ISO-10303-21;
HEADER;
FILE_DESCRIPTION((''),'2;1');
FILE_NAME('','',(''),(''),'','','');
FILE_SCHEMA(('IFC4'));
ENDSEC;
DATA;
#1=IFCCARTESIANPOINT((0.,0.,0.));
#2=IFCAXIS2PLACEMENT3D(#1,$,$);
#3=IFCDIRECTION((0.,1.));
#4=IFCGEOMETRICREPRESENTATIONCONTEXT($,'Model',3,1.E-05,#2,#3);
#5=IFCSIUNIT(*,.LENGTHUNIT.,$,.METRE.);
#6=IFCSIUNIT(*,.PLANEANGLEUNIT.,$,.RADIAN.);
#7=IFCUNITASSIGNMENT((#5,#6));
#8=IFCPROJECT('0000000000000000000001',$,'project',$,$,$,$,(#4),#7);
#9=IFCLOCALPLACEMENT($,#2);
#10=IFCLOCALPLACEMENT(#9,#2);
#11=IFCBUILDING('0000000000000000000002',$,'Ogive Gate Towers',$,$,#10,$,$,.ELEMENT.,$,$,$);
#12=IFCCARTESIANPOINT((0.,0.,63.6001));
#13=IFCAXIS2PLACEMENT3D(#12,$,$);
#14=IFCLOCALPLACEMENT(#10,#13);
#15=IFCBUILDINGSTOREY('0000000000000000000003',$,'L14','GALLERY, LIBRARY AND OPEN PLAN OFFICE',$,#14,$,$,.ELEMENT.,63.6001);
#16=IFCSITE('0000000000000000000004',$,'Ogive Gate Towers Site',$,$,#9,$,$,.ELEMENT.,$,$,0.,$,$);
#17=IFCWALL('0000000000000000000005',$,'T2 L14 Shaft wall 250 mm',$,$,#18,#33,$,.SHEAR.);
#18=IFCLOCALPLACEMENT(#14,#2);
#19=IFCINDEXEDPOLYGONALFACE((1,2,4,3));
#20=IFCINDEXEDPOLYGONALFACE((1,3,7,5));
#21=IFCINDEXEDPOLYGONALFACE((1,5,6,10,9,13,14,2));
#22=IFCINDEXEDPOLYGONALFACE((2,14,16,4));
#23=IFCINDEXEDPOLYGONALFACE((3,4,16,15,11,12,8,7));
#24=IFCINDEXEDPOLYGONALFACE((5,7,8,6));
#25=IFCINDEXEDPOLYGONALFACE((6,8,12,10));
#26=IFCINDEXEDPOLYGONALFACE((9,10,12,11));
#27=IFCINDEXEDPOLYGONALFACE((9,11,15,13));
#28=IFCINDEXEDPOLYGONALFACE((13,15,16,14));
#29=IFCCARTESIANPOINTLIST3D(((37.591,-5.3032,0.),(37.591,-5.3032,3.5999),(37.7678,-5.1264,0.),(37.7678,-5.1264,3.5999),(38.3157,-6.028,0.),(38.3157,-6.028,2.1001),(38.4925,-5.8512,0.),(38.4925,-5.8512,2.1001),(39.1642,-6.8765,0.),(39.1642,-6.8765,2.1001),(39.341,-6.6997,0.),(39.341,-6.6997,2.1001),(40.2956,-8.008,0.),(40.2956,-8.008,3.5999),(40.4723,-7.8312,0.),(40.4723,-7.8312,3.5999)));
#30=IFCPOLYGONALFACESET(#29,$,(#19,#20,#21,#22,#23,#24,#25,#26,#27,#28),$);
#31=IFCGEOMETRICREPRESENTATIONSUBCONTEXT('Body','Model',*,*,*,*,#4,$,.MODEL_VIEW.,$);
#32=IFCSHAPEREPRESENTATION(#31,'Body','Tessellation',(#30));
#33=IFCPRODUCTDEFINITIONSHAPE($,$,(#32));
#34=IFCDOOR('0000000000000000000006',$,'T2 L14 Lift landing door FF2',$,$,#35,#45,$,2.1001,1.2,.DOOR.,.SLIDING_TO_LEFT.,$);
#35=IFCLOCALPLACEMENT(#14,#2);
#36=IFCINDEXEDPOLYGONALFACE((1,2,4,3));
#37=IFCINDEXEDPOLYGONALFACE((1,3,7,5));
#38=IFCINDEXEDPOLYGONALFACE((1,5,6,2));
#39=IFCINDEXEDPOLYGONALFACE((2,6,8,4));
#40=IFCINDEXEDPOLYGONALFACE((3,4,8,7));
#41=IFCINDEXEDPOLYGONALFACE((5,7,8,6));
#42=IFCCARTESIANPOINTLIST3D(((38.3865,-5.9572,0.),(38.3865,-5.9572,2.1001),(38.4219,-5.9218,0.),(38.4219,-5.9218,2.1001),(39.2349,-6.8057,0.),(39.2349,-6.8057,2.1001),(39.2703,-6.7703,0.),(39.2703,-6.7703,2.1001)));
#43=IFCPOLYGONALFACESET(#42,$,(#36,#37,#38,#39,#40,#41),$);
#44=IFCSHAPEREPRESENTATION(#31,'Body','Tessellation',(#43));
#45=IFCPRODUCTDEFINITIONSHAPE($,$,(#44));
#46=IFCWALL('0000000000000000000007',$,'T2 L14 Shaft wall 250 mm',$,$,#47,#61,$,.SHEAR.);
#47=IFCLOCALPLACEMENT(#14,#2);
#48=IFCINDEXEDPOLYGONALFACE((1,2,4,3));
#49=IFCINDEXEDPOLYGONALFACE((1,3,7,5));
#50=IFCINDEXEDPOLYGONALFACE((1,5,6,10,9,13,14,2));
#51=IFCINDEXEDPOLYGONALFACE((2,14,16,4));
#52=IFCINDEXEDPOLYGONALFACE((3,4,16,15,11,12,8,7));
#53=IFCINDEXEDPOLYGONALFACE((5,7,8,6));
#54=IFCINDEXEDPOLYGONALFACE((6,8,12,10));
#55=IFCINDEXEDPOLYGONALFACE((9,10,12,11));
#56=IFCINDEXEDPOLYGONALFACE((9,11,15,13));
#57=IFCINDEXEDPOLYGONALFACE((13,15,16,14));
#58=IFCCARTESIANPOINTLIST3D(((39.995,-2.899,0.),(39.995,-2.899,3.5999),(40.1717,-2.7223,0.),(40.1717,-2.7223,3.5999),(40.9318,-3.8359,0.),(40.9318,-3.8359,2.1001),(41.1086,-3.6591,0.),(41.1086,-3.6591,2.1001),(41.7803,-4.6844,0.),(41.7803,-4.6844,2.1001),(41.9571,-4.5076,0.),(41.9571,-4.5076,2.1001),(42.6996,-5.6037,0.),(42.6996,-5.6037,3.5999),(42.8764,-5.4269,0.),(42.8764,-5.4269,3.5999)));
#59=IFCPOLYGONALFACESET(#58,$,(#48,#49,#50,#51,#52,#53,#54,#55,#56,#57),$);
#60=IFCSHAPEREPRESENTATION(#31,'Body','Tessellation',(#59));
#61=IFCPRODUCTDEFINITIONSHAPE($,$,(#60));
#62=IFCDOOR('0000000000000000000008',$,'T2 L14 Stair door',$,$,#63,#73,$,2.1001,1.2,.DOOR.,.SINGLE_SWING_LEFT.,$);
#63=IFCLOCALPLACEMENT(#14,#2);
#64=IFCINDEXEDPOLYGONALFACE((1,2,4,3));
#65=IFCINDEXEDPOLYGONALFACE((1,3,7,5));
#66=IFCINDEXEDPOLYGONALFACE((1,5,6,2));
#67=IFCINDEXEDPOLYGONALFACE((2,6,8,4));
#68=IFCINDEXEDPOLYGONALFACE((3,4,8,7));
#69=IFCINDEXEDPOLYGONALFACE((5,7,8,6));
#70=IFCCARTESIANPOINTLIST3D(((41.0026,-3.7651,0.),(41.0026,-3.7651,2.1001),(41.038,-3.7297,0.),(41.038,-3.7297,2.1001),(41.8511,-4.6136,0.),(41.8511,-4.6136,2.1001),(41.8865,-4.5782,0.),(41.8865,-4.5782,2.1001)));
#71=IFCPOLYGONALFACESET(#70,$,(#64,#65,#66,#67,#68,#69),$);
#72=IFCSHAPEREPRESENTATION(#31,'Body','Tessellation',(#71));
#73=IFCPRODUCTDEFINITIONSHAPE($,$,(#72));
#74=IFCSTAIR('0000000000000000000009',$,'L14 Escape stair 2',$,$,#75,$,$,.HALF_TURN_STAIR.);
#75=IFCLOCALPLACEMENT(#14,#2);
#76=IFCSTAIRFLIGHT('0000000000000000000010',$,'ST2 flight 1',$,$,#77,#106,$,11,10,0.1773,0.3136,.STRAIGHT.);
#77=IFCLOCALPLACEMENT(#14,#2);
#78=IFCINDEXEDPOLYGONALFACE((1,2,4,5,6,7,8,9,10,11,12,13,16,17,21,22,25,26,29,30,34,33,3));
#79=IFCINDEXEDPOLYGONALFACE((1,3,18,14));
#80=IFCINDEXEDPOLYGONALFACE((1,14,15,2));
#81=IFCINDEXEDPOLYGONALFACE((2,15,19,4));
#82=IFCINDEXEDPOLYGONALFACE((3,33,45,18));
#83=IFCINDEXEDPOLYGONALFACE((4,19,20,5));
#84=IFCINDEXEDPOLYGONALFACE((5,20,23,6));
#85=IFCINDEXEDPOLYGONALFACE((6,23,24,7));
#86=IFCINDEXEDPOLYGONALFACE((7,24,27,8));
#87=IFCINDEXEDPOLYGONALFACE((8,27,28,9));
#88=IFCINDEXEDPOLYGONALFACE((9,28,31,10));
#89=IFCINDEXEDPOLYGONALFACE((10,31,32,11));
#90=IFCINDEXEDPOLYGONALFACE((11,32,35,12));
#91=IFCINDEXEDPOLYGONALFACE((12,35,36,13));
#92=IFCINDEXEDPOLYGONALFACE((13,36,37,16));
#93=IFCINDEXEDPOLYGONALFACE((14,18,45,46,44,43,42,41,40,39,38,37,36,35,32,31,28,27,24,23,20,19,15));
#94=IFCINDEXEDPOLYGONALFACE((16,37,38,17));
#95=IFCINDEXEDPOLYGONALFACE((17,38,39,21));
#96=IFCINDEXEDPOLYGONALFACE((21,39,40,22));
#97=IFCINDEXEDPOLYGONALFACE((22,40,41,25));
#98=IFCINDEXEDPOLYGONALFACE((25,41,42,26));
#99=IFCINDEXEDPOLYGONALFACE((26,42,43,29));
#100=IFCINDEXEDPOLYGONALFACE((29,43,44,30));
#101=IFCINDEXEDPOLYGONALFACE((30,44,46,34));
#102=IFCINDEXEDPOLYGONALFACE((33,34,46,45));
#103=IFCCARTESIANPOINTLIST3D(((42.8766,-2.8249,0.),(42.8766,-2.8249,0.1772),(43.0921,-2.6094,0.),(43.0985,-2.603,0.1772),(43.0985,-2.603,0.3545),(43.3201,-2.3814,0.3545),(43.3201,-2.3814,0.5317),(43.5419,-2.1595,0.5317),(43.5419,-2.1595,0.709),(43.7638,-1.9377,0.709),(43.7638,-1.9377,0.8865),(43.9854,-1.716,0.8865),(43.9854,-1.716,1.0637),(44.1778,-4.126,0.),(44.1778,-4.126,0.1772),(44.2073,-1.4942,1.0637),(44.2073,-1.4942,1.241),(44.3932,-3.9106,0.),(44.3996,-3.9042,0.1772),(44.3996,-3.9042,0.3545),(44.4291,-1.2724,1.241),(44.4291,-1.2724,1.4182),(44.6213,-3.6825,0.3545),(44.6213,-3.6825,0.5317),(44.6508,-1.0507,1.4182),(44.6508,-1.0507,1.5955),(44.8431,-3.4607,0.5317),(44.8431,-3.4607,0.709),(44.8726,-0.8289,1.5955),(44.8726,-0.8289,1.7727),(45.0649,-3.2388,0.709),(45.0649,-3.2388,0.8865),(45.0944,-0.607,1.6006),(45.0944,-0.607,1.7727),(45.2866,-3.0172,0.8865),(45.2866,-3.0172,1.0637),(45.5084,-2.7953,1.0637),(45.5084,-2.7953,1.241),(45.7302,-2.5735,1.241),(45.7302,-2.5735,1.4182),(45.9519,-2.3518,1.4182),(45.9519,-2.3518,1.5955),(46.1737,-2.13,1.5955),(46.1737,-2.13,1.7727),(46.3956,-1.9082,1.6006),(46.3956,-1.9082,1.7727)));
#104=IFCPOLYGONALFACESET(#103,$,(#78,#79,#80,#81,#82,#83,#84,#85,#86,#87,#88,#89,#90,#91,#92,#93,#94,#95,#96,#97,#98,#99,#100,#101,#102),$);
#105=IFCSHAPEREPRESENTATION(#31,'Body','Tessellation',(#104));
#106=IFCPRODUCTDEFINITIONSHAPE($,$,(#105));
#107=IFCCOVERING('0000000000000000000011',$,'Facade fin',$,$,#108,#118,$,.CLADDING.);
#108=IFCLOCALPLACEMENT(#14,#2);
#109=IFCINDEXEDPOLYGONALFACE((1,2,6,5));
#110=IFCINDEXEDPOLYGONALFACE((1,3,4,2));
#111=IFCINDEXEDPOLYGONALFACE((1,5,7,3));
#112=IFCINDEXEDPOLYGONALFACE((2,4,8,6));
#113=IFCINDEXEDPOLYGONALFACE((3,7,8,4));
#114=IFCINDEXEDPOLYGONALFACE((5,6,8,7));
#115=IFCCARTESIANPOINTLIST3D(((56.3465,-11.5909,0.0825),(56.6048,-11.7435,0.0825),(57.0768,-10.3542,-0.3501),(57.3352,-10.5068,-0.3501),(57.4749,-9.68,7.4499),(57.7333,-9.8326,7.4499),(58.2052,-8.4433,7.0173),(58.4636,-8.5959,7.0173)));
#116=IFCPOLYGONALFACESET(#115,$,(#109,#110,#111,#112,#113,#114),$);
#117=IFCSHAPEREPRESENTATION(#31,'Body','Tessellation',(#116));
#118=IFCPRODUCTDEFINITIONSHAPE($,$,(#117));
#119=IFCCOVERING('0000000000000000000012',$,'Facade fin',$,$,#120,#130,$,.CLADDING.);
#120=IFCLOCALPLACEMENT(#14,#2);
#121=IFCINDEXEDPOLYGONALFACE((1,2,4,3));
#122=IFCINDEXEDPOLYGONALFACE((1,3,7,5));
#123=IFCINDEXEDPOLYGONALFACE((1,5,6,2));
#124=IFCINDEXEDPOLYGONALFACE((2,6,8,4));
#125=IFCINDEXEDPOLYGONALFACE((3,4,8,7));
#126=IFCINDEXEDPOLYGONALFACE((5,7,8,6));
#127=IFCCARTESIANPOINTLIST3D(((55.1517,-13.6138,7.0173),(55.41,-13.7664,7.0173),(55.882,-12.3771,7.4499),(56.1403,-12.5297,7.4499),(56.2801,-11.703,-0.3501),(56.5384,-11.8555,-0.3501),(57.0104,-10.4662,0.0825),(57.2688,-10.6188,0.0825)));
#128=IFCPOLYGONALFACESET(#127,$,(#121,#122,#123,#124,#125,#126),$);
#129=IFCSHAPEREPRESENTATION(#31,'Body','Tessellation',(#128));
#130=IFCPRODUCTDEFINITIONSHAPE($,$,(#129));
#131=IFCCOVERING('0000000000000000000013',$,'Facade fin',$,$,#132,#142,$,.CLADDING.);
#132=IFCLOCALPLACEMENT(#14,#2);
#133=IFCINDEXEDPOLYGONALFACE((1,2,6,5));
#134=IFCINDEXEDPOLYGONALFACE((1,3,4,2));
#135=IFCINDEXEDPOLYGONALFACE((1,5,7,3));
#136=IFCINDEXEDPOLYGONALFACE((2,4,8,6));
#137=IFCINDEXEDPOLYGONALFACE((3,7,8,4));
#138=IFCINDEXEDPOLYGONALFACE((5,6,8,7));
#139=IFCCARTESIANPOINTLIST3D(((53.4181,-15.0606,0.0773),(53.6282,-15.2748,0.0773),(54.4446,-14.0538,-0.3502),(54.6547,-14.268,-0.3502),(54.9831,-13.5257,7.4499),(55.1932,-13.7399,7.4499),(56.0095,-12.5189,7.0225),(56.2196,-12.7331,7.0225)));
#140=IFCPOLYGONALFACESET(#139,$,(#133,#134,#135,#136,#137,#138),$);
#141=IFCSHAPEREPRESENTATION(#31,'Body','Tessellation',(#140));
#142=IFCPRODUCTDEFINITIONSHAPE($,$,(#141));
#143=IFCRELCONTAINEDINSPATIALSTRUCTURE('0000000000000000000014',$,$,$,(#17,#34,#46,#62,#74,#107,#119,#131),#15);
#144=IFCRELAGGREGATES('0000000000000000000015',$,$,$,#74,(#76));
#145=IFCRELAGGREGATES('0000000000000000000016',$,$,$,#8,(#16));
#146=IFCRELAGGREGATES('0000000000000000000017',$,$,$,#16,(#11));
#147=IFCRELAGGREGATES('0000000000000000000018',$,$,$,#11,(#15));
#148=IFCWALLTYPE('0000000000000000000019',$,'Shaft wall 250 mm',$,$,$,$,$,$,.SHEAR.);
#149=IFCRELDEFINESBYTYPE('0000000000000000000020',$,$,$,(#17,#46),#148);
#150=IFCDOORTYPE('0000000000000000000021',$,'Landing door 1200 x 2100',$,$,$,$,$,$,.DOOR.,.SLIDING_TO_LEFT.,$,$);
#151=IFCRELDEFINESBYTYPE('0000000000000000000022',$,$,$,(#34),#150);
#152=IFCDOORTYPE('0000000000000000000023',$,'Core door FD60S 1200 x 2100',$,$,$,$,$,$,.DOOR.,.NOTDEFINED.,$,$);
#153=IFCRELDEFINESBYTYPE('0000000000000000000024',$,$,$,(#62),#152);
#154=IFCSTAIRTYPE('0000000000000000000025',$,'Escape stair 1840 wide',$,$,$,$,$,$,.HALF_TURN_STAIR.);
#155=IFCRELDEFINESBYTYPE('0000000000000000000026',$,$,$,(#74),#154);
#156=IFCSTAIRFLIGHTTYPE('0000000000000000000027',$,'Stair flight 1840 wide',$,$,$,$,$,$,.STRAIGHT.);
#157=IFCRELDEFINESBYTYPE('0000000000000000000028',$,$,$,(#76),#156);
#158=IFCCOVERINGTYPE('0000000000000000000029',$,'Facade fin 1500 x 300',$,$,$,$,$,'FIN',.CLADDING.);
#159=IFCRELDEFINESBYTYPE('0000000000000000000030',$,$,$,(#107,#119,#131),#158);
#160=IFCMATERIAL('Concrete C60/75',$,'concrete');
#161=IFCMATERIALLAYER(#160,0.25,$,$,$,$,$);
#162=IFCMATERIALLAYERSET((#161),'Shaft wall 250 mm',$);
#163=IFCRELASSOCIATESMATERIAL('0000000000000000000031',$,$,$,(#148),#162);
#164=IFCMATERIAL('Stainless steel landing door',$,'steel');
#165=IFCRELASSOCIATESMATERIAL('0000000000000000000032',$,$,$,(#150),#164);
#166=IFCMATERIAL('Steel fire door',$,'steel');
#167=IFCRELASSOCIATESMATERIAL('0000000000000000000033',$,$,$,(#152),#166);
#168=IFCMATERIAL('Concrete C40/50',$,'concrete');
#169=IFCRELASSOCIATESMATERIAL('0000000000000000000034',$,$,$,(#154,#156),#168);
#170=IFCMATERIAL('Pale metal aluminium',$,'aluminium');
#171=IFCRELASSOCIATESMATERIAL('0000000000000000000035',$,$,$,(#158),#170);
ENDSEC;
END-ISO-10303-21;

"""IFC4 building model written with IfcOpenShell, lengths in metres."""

from ifc_helpers import new_model, si_unit, direction, frame, frame_2d, origin, origin_2d, place, context, subcontext, project, spatial, polyline, rectangle, outline, extrude, material, layer, layer_set, material_profile, profile_set, type_object, element, fill, aggregate, save


model = new_model("IFC4")

# Units and contexts
model_context = context("Model", 3, precision=1e-05, world=origin(), true_north=direction((0.0, 1.0)))
body_context = subcontext(model_context, "Body", "Model", "MODEL_VIEW")
ifc_project = project(units=[si_unit("LENGTHUNIT", "METRE"), si_unit("PLANEANGLEUNIT", "RADIAN")], contexts=[model_context])

# Site, building, storey
site_placement = place(None, origin())
site = spatial("IfcSite", under=ifc_project, at=site_placement, Name="Ogive Gate Towers Site", CompositionType="ELEMENT", RefElevation=0.0)
building_placement = place(site_placement, origin())
building = spatial("IfcBuilding", under=site, at=building_placement, Name="Ogive Gate Towers", CompositionType="ELEMENT")
storey_placement = place(building_placement, frame((0.0, 0.0, 63.6001)))
storey = spatial("IfcBuildingStorey", under=building, at=storey_placement, Name="L14", Description="GALLERY, LIBRARY AND OPEN PLAN OFFICE", CompositionType="ELEMENT", Elevation=63.6001)

# Shared definitions
ifc_material_1 = material(Name="Pale metal aluminium", Category="aluminium")

# Walls, openings, doors
ifc_material_2 = material(Name="Concrete C60/75", Category="concrete")
ifc_layer_1 = layer(ifc_material_2, 0.25)
ifc_layer_set_1 = layer_set([ifc_layer_1], Name="Shaft wall 250 mm")
wall_type_1 = type_object("IfcWallType", Name="Shaft wall 250 mm", PredefinedType="SHEAR", material=ifc_layer_set_1)
wall_1_placement = place(storey_placement, frame((40.384, -7.9197, 0.0), z_axis=(0.0, 0.0, 1.0), x_axis=(-0.707075, 0.707139, 0.0)))
wall_1 = element("IfcWall", 1, at=wall_1_placement, inside=storey, type_object=wall_type_1, Name="T2 L14 Shaft wall 250 mm", PredefinedType="SHEAR", context=body_context, shape_type="SweptSolid", body=[
    extrude(rectangle(XDim=3.825, YDim=0.25, at=frame_2d((1.9126, 0.0))), origin(), (0.0, 0.0, 1.0), 3.5999),
])
opening_1_placement = place(wall_1_placement, frame((1.6001, 0.0, 0.0)))
opening_1 = element("IfcOpeningElement", 2, at=opening_1_placement, cuts=wall_1, PredefinedType="OPENING", context=body_context, shape_type="SweptSolid", body=[
    extrude(rectangle(XDim=1.2, YDim=2.1001, at=frame_2d((0.6001, 1.05))), frame((0.0, 0.135, 0.0), z_axis=(0.0, -1.0, 0.0), x_axis=(1.0, 0.0, 0.0)), (0.0, 0.0, 1.0), 0.27),
])
ifc_material_3 = material(Name="Stainless steel landing door", Category="steel")
door_type_1 = type_object("IfcDoorType", Name="Landing door 1200 x 2100", OperationType="SLIDING_TO_LEFT", PredefinedType="DOOR", material=ifc_material_3)
door_1_placement = place(opening_1_placement, origin())
door_1 = element("IfcDoor", 3, at=door_1_placement, inside=storey, type_object=door_type_1, Name="T2 L14 Lift landing door FF2", OperationType="SLIDING_TO_LEFT", OverallHeight=2.1001, OverallWidth=1.2, PredefinedType="DOOR", context=body_context, shape_type="SweptSolid", body=[
    extrude(rectangle(XDim=1.2, YDim=2.1001, at=frame_2d((0.6001, 1.05))), frame((0.0, 0.0249, 0.0), z_axis=(0.0, -1.0, 0.0), x_axis=(1.0, 0.0, 0.0)), (0.0, 0.0, 1.0), 0.05),
])
fill(opening_1, door_1)
wall_2_placement = place(storey_placement, frame((42.7881, -5.5154, 0.0), z_axis=(0.0, 0.0, 1.0), x_axis=(-0.707107, 0.707107, 0.0)))
wall_2 = element("IfcWall", 4, at=wall_2_placement, inside=storey, type_object=wall_type_1, Name="T2 L14 Shaft wall 250 mm", PredefinedType="SHEAR", context=body_context, shape_type="SweptSolid", body=[
    extrude(rectangle(XDim=3.825, YDim=0.25, at=frame_2d((1.9126, 0.0))), origin(), (0.0, 0.0, 1.0), 3.5999),
])
opening_2_placement = place(wall_2_placement, frame((1.3, 0.0, 0.0)))
opening_2 = element("IfcOpeningElement", 5, at=opening_2_placement, cuts=wall_2, PredefinedType="OPENING", context=body_context, shape_type="SweptSolid", body=[
    extrude(rectangle(XDim=1.2, YDim=2.1001, at=frame_2d((0.6001, 1.05))), frame((0.0, 0.135, 0.0), z_axis=(0.0, -1.0, 0.0), x_axis=(1.0, 0.0, 0.0)), (0.0, 0.0, 1.0), 0.27),
])
ifc_material_4 = material(Name="Steel fire door", Category="steel")
door_type_2 = type_object("IfcDoorType", Name="Core door FD60S 1200 x 2100", OperationType="NOTDEFINED", PredefinedType="DOOR", material=ifc_material_4)
door_2_placement = place(opening_2_placement, origin())
door_2 = element("IfcDoor", 6, at=door_2_placement, inside=storey, type_object=door_type_2, Name="T2 L14 Stair door", OperationType="SINGLE_SWING_LEFT", OverallHeight=2.1001, OverallWidth=1.2, PredefinedType="DOOR", context=body_context, shape_type="SweptSolid", body=[
    extrude(rectangle(XDim=1.2, YDim=2.1001, at=frame_2d((0.6001, 1.05))), frame((0.0, 0.0249, 0.0), z_axis=(0.0, -1.0, 0.0), x_axis=(1.0, 0.0, 0.0)), (0.0, 0.0, 1.0), 0.05),
])
fill(opening_2, door_2)

# Stair, stair flight
ifc_material_5 = material(Name="Concrete C40/50", Category="concrete")
stair_type = type_object("IfcStairType", Name="Escape stair 1840 wide", PredefinedType="HALF_TURN_STAIR", material=ifc_material_5)
stair_placement = place(storey_placement, origin())
stair = element("IfcStair", 7, at=stair_placement, inside=storey, type_object=stair_type, Name="L14 Escape stair 2", PredefinedType="HALF_TURN_STAIR")
stair_flight_type = type_object("IfcStairFlightType", Name="Stair flight 1840 wide", PredefinedType="STRAIGHT", material=ifc_material_5)
stair_flight_placement = place(storey_placement, frame((43.5271, -3.4753, 0.0), z_axis=(0.0, 0.0, 1.0), x_axis=(0.707107, 0.707107, 0.0)))
stair_flight = element("IfcStairFlight", 8, at=stair_flight_placement, type_object=stair_flight_type, Name="ST2 flight 1", NumberOfRisers=11, NumberOfTreads=10, PredefinedType="STRAIGHT", RiserHeight=0.1773, TreadLength=0.3136, context=body_context, shape_type="SweptSolid", body=[
    extrude(outline(polyline([(0.0, 0.0), (0.0, 0.1772), (0.3137, 0.1772), (0.3137, 0.3545), (0.6272, 0.3545), (0.6272, 0.5317), (0.9409, 0.5317), (0.9409, 0.709), (1.2546, 0.709), (1.2546, 0.8865), (1.5681, 0.8865), (1.5681, 1.0637), (1.8818, 1.0637), (1.8818, 1.241), (2.1956, 1.241), (2.1956, 1.4182), (2.509, 1.4182), (2.509, 1.5955), (2.8228, 1.5955), (2.8228, 1.7727), (3.1365, 1.7727), (3.1365, 1.95), (3.1365, 1.6006), (0.3047, 0.0), (0.0, 0.0)])), frame((0.0, 0.9199, 0.0), z_axis=(0.0, -1.0, 0.0), x_axis=(1.0, 0.0, 0.0)), (0.0, 0.0, 1.0), 1.8401),
])
aggregate(stair, [stair_flight])

# Coverings
ifc_material_profile_1 = material_profile(ifc_material_1, rectangle(XDim=0.3, YDim=1.5, at=origin_2d()), Name="1500 x 300 pale metal aluminium")
ifc_profile_set_1 = profile_set([ifc_material_profile_1], Name="Pale metal aluminium")
covering_type = type_object("IfcCoveringType", Name="Facade fin 1500 x 300", ElementType="FIN", PredefinedType="CLADDING", material=ifc_profile_set_1)
for number, where, z_axis, x_axis, name in (
    (9, (56.8408, -11.0488, -0.1338), (0.146654, 0.248348, 0.957505), (-0.861073, 0.508481, 0.0), "Facade fin"),
    (10, (56.7744, -11.1609, -0.1338), (-0.146654, -0.248348, 0.957505), (0.861073, -0.508481, 0.0), "Facade fin"),
):
    element("IfcCovering", number, at=place(storey_placement, frame(where, z_axis=z_axis, x_axis=x_axis)), inside=storey, type_object=covering_type, Name=name, PredefinedType="CLADDING", context=body_context, shape_type="SweptSolid", body=[
        extrude(rectangle(XDim=0.3, YDim=1.5, at=origin_2d()), origin(), (0.0, 0.0, 1.0), 7.6943),
    ])
covering_placement = place(storey_placement, frame((54.0364, -14.6643, -0.1365), z_axis=(0.203463, 0.199559, 0.95853), x_axis=(-0.700224, 0.713923, 0.0)))
element("IfcCovering", 11, at=covering_placement, inside=storey, type_object=covering_type, Name="Facade fin", PredefinedType="CLADDING", context=body_context, shape_type="SweptSolid", body=[
    extrude(rectangle(XDim=0.3, YDim=1.5, at=origin_2d()), origin(), (0.0, 0.0, 1.0), 7.6917),
])

save(model, "model.ifc")
